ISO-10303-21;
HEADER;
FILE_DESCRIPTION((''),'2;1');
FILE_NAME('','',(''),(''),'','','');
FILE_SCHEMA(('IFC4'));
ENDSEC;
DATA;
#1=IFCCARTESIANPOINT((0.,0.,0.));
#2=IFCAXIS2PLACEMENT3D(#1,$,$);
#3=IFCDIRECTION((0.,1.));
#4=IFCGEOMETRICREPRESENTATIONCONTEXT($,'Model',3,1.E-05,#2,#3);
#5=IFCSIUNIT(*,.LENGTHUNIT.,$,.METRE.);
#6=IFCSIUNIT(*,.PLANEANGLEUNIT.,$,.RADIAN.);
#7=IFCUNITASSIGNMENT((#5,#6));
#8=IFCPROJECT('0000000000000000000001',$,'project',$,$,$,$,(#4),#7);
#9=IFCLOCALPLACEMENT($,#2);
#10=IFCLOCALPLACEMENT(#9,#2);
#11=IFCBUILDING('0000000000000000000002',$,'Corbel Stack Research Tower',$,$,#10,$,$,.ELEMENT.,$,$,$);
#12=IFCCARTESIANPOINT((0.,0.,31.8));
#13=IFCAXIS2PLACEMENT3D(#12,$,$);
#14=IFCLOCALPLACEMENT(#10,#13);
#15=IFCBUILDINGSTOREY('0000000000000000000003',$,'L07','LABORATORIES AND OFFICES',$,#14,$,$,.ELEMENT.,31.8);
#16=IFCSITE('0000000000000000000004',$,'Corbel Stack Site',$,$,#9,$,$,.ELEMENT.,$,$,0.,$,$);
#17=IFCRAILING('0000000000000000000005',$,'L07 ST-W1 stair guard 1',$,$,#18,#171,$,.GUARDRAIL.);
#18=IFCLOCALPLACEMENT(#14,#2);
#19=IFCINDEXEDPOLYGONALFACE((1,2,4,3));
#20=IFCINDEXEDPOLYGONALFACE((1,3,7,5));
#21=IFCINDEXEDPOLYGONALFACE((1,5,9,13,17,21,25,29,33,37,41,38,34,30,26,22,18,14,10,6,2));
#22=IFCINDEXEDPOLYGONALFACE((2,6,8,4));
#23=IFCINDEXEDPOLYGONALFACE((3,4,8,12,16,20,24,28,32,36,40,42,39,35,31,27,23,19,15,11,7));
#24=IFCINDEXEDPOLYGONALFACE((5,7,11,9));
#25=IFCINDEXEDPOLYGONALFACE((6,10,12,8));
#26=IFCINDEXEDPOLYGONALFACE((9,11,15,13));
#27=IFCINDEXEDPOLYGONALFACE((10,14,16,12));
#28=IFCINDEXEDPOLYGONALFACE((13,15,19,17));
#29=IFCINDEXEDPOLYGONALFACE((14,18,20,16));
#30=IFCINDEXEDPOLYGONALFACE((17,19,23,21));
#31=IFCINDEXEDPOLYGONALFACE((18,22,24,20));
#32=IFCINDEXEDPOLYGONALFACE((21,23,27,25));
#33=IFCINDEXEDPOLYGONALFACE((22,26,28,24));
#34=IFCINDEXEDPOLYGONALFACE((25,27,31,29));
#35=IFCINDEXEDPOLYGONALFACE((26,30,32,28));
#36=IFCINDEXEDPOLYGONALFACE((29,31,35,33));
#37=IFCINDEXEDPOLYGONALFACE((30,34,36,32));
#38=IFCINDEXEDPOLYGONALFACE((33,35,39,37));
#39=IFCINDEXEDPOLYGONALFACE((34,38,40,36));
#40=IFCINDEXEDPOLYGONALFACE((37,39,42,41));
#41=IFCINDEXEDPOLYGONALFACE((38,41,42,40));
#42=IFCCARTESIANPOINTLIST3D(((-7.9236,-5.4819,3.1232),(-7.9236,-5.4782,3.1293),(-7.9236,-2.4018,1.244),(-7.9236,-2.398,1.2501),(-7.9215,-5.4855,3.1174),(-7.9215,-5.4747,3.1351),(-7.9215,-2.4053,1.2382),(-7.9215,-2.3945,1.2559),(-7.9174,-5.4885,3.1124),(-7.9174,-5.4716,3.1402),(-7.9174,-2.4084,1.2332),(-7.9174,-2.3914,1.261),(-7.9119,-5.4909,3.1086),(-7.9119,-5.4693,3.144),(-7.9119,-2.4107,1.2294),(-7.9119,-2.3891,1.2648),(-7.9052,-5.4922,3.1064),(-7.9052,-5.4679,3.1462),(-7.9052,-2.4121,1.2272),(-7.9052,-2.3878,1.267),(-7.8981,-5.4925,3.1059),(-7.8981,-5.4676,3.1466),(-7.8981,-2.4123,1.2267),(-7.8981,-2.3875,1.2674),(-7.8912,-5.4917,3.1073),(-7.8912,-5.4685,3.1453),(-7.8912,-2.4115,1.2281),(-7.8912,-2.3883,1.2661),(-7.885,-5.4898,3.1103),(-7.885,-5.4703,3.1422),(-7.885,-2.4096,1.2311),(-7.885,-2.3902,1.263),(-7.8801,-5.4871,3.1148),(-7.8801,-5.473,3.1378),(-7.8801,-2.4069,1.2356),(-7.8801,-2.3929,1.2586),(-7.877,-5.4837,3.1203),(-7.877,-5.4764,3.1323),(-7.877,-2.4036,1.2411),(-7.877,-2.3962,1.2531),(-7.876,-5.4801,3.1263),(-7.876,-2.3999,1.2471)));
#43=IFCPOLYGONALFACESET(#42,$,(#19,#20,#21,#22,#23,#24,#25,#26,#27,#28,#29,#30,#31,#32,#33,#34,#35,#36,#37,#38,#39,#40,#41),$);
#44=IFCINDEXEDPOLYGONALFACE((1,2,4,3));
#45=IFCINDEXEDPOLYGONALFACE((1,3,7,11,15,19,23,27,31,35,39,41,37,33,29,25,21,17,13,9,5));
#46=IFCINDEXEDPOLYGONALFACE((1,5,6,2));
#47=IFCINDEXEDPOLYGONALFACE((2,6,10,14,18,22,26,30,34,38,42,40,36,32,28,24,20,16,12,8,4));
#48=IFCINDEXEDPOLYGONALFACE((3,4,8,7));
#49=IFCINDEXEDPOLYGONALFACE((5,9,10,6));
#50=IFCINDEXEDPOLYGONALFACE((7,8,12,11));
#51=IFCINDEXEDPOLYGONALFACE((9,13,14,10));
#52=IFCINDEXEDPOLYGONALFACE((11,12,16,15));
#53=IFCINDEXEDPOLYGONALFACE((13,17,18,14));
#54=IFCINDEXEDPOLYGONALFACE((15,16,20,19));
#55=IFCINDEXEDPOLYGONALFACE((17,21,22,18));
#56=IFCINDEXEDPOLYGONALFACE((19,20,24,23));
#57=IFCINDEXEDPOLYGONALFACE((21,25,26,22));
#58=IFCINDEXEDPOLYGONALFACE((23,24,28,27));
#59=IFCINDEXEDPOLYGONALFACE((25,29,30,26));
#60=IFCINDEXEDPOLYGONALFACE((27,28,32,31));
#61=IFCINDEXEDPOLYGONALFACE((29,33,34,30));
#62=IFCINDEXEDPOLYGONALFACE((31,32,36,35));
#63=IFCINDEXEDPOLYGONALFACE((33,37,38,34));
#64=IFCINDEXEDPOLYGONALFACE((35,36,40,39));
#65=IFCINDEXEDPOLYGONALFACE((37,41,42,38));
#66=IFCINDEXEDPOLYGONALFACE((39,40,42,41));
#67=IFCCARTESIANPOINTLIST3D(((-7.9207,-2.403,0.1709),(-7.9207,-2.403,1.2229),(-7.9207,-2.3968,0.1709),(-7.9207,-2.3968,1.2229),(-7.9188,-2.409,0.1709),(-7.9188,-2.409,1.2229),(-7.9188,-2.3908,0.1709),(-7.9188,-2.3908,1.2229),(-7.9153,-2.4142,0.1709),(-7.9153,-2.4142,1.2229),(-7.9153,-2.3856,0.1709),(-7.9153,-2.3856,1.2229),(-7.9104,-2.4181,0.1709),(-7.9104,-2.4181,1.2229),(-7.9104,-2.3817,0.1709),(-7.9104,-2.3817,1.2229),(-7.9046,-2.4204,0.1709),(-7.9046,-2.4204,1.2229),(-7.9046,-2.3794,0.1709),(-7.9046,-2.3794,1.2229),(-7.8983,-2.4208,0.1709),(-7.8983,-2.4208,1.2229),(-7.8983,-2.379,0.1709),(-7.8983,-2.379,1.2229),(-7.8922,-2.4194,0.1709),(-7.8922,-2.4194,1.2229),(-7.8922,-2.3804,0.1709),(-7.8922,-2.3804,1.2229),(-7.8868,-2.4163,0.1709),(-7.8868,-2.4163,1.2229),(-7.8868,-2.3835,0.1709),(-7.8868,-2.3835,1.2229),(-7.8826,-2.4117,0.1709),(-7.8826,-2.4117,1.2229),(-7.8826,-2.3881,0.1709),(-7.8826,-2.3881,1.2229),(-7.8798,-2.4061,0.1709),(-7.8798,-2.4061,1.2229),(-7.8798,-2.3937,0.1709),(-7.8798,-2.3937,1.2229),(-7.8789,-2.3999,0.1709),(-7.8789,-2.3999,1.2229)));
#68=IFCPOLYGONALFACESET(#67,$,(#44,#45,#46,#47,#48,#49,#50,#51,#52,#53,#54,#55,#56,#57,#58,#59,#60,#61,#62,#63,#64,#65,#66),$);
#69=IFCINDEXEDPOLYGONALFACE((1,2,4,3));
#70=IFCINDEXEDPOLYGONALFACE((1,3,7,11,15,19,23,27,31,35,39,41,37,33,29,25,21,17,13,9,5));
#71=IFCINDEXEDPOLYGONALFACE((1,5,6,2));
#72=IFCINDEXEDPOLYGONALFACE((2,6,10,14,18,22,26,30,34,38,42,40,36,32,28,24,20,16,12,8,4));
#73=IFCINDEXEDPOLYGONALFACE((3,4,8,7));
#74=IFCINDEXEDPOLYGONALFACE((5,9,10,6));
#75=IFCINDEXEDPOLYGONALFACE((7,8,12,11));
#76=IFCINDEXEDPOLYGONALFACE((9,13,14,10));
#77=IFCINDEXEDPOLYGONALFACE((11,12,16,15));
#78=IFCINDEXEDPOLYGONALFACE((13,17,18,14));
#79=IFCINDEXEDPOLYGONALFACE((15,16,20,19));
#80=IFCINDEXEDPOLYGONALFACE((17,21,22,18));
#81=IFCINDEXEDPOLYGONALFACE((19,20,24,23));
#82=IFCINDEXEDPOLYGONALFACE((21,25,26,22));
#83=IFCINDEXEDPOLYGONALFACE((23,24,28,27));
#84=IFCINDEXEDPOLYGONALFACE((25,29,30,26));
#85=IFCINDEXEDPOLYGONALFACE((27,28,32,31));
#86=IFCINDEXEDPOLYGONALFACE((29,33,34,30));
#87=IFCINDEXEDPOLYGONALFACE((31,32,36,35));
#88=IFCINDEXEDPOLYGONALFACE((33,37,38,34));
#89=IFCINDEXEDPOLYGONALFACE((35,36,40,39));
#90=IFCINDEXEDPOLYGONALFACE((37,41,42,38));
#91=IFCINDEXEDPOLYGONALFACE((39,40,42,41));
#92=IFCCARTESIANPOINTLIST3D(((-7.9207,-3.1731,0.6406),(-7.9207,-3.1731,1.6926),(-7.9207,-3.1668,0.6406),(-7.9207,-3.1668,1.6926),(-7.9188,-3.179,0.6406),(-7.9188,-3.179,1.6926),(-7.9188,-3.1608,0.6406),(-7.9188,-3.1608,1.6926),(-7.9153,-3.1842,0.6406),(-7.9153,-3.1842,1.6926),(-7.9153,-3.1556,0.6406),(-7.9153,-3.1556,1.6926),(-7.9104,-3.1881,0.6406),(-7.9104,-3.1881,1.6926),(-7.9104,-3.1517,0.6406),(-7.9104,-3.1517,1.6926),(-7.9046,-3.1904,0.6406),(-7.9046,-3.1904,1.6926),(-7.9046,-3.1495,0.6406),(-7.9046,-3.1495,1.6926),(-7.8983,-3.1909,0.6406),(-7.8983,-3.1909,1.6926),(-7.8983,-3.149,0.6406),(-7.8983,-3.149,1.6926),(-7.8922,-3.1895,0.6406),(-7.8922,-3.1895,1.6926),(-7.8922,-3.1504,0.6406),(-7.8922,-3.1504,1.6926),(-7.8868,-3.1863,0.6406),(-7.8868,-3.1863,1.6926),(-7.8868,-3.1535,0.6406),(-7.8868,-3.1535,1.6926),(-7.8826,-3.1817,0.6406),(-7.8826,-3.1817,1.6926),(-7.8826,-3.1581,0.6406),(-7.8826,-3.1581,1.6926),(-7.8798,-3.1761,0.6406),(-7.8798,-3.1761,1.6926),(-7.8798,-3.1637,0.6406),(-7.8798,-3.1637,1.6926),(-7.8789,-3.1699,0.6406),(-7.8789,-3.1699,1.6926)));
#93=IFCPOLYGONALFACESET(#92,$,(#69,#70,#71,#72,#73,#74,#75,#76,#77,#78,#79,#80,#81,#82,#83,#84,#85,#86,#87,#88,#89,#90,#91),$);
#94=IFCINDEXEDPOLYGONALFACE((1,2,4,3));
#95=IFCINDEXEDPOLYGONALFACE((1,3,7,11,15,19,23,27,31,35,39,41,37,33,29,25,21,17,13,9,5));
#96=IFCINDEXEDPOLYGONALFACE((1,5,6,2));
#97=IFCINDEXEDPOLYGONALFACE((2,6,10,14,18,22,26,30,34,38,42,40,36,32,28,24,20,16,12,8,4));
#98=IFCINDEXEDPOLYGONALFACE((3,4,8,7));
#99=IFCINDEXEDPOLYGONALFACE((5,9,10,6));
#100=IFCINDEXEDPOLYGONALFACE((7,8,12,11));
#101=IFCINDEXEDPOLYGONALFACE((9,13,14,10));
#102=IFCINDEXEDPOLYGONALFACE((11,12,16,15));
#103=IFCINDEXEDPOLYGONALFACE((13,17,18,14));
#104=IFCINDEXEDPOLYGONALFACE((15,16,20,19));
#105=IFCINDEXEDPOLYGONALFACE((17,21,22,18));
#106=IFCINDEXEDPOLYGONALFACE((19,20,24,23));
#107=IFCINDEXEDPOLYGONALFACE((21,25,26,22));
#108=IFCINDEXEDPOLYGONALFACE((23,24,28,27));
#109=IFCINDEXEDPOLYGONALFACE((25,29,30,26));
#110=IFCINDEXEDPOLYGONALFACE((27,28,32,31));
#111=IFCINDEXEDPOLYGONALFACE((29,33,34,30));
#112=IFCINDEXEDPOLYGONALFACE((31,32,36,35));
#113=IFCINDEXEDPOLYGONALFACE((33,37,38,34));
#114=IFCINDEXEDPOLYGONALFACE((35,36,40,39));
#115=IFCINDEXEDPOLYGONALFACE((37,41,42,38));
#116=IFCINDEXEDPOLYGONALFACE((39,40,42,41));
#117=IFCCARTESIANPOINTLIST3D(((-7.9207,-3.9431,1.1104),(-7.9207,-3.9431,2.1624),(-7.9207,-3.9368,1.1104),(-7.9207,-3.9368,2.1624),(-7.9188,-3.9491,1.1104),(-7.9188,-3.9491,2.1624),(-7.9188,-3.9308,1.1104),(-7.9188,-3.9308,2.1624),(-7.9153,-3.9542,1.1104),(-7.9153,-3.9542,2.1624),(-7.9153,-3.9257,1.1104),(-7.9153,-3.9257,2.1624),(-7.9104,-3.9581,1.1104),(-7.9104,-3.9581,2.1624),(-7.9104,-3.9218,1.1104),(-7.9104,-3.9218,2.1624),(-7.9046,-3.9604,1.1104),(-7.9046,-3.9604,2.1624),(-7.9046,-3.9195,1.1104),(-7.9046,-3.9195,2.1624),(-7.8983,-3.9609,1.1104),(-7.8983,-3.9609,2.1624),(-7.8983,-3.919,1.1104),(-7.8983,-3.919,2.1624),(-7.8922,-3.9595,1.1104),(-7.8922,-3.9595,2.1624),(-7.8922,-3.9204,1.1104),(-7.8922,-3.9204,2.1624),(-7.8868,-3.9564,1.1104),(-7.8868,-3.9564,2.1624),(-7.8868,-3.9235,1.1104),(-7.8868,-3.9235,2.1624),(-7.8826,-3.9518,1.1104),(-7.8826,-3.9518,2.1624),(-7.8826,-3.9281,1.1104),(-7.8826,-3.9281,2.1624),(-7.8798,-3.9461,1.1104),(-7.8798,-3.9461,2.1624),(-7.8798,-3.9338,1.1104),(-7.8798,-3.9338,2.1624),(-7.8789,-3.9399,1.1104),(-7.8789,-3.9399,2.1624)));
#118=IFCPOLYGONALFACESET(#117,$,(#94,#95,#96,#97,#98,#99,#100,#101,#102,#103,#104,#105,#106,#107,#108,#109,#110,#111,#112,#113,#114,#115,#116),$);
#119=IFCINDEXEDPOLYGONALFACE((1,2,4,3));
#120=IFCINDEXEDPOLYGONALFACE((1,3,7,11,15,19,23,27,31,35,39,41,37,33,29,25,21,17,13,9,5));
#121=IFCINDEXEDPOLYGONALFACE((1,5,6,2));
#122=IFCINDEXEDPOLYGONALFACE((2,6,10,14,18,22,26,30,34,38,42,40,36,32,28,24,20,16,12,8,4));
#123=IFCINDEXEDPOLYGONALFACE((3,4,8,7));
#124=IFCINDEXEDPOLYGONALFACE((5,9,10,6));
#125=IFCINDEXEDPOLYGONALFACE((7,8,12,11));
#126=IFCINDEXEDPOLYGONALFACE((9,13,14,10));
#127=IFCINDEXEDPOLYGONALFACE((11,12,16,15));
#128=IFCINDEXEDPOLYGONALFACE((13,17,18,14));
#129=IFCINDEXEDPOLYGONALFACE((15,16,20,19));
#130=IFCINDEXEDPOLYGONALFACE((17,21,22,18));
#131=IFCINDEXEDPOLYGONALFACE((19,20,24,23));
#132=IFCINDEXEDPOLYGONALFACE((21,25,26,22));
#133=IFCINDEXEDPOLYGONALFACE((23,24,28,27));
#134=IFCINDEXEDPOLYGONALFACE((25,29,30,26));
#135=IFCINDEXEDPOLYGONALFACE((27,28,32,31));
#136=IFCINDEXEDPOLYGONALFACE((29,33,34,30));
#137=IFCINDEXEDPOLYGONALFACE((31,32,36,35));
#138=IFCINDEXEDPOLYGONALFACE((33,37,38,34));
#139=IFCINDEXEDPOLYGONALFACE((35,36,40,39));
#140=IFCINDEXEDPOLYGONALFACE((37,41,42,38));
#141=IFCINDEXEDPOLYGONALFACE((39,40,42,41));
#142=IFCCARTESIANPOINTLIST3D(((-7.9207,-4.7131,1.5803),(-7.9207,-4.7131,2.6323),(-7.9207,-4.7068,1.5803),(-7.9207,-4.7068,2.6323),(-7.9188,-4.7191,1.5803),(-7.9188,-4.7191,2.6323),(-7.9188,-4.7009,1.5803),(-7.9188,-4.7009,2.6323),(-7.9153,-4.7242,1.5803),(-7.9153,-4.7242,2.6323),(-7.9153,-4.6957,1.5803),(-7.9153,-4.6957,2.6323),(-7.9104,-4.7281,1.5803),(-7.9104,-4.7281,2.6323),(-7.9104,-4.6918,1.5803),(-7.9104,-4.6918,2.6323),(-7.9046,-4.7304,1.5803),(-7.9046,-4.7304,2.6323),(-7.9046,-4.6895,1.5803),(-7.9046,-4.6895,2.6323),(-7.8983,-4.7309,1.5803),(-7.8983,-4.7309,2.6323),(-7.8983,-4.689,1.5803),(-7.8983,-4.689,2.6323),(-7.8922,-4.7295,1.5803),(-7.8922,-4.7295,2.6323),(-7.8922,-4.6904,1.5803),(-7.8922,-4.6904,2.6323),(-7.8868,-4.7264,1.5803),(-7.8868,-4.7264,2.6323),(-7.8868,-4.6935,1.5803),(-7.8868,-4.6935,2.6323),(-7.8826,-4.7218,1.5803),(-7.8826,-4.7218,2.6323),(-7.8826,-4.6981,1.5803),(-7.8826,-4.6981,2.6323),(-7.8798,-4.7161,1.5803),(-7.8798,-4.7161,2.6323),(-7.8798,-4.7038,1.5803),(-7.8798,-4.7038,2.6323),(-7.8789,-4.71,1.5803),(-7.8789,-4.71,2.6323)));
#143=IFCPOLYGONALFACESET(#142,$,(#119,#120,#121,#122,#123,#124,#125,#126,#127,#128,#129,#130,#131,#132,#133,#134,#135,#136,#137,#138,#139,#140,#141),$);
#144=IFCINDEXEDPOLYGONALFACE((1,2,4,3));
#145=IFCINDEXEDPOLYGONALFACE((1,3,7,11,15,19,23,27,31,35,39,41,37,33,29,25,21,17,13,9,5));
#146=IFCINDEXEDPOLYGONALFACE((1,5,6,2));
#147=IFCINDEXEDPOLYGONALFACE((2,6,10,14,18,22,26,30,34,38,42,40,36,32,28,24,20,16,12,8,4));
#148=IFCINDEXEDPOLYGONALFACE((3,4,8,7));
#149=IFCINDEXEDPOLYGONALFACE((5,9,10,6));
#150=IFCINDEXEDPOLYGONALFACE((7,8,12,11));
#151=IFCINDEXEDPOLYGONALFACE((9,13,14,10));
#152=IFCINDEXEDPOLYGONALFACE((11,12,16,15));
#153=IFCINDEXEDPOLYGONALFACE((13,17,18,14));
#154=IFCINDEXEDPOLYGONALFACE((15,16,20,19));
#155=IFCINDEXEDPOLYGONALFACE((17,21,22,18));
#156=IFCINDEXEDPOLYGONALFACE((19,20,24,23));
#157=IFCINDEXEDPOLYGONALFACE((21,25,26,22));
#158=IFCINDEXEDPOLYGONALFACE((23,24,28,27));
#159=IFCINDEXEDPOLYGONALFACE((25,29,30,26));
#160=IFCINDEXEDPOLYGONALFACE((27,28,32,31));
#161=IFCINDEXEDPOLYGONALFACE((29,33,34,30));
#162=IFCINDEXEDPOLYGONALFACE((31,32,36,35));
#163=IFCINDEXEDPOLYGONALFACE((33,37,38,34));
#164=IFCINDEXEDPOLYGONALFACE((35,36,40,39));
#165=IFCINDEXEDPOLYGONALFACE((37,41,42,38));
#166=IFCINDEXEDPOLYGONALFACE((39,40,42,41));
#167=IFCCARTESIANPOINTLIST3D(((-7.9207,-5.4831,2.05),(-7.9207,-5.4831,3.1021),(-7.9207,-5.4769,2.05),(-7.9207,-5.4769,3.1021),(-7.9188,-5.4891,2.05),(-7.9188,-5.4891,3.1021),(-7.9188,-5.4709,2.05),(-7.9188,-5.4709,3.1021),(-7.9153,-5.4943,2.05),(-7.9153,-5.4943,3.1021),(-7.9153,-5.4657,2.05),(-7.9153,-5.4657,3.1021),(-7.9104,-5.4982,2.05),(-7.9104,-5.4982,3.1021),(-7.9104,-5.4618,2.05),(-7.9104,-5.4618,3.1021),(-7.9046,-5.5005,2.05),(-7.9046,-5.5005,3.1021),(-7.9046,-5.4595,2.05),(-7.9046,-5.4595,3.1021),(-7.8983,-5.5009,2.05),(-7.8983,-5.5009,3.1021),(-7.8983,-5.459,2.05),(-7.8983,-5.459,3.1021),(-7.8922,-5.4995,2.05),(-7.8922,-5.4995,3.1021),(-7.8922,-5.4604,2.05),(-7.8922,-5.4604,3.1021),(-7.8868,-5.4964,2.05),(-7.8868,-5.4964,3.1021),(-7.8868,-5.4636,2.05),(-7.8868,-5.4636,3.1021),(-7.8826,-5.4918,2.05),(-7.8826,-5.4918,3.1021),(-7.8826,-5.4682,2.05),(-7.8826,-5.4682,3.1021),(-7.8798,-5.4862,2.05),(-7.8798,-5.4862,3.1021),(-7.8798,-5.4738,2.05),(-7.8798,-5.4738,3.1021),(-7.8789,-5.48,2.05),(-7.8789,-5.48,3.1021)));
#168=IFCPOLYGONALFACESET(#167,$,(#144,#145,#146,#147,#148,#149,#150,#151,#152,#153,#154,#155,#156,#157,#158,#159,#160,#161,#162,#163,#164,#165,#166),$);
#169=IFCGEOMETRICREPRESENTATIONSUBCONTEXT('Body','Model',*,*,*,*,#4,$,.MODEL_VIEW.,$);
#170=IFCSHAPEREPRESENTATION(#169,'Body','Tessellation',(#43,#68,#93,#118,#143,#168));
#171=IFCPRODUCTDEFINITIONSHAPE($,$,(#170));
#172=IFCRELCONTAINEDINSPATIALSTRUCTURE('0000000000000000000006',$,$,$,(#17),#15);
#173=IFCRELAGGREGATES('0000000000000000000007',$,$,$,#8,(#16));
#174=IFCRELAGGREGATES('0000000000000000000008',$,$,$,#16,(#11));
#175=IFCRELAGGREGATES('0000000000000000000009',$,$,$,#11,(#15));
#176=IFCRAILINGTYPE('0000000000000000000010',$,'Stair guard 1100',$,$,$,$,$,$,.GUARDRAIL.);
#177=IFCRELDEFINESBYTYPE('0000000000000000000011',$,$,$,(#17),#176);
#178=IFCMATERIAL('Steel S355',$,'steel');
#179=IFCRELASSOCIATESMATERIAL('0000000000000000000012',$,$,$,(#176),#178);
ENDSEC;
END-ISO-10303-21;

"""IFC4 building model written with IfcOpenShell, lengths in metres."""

from ifc_helpers import new_model, si_unit, direction, frame, origin, origin_2d, place, context, subcontext, project, spatial, circle, extrude, material, type_object, element, save


model = new_model("IFC4")

# Units and contexts
model_context = context("Model", 3, precision=1e-05, world=origin(), true_north=direction((0.0, 1.0)))
body_context = subcontext(model_context, "Body", "Model", "MODEL_VIEW")
ifc_project = project(units=[si_unit("LENGTHUNIT", "METRE"), si_unit("PLANEANGLEUNIT", "RADIAN")], contexts=[model_context])

# Site, building, storey
site_placement = place(None, origin())
site = spatial("IfcSite", under=ifc_project, at=site_placement, Name="Corbel Stack Site", CompositionType="ELEMENT", RefElevation=0.0)
building_placement = place(site_placement, origin())
building = spatial("IfcBuilding", under=site, at=building_placement, Name="Corbel Stack Research Tower", CompositionType="ELEMENT")
storey_placement = place(building_placement, frame((0.0, 0.0, 31.8)))
storey = spatial("IfcBuildingStorey", under=building, at=storey_placement, Name="L07", Description="LABORATORIES AND OFFICES", CompositionType="ELEMENT", Elevation=31.8)

# Railing
ifc_material_1 = material(Name="Steel S355", Category="steel")
railing_type_1 = type_object("IfcRailingType", Name="Stair guard 1100", PredefinedType="GUARDRAIL", material=ifc_material_1)
railing_1_placement = place(storey_placement, frame((-7.8999, -2.3999, 0.1709)))
element("IfcRailing", 1, at=railing_1_placement, inside=storey, type_object=railing_type_1, Name="L07 ST-W1 stair guard 1", PredefinedType="GUARDRAIL", context=body_context, shape_type="SweptSolid", body=[
    extrude(circle(Radius=0.0239, at=origin_2d()), frame((0.0, 0.0, 1.0762), z_axis=(0.0, -0.853666, 0.52082), x_axis=(1.0, 0.0, 0.0)), (0.0, 0.0, 1.0), 3.6082),
    extrude(circle(Radius=0.021, at=origin_2d()), origin(), (0.0, 0.0, 1.0), 1.052),
    extrude(circle(Radius=0.021, at=origin_2d()), frame((0.0, -0.77, 0.4697)), (0.0, 0.0, 1.0), 1.052),
    extrude(circle(Radius=0.021, at=origin_2d()), frame((0.0, -1.54, 0.9395)), (0.0, 0.0, 1.0), 1.052),
    extrude(circle(Radius=0.021, at=origin_2d()), frame((0.0, -2.3101, 1.4094)), (0.0, 0.0, 1.0), 1.052),
    extrude(circle(Radius=0.021, at=origin_2d()), frame((0.0, -3.0801, 1.8792)), (0.0, 0.0, 1.0), 1.052),
])

save(model, "model.ifc")
